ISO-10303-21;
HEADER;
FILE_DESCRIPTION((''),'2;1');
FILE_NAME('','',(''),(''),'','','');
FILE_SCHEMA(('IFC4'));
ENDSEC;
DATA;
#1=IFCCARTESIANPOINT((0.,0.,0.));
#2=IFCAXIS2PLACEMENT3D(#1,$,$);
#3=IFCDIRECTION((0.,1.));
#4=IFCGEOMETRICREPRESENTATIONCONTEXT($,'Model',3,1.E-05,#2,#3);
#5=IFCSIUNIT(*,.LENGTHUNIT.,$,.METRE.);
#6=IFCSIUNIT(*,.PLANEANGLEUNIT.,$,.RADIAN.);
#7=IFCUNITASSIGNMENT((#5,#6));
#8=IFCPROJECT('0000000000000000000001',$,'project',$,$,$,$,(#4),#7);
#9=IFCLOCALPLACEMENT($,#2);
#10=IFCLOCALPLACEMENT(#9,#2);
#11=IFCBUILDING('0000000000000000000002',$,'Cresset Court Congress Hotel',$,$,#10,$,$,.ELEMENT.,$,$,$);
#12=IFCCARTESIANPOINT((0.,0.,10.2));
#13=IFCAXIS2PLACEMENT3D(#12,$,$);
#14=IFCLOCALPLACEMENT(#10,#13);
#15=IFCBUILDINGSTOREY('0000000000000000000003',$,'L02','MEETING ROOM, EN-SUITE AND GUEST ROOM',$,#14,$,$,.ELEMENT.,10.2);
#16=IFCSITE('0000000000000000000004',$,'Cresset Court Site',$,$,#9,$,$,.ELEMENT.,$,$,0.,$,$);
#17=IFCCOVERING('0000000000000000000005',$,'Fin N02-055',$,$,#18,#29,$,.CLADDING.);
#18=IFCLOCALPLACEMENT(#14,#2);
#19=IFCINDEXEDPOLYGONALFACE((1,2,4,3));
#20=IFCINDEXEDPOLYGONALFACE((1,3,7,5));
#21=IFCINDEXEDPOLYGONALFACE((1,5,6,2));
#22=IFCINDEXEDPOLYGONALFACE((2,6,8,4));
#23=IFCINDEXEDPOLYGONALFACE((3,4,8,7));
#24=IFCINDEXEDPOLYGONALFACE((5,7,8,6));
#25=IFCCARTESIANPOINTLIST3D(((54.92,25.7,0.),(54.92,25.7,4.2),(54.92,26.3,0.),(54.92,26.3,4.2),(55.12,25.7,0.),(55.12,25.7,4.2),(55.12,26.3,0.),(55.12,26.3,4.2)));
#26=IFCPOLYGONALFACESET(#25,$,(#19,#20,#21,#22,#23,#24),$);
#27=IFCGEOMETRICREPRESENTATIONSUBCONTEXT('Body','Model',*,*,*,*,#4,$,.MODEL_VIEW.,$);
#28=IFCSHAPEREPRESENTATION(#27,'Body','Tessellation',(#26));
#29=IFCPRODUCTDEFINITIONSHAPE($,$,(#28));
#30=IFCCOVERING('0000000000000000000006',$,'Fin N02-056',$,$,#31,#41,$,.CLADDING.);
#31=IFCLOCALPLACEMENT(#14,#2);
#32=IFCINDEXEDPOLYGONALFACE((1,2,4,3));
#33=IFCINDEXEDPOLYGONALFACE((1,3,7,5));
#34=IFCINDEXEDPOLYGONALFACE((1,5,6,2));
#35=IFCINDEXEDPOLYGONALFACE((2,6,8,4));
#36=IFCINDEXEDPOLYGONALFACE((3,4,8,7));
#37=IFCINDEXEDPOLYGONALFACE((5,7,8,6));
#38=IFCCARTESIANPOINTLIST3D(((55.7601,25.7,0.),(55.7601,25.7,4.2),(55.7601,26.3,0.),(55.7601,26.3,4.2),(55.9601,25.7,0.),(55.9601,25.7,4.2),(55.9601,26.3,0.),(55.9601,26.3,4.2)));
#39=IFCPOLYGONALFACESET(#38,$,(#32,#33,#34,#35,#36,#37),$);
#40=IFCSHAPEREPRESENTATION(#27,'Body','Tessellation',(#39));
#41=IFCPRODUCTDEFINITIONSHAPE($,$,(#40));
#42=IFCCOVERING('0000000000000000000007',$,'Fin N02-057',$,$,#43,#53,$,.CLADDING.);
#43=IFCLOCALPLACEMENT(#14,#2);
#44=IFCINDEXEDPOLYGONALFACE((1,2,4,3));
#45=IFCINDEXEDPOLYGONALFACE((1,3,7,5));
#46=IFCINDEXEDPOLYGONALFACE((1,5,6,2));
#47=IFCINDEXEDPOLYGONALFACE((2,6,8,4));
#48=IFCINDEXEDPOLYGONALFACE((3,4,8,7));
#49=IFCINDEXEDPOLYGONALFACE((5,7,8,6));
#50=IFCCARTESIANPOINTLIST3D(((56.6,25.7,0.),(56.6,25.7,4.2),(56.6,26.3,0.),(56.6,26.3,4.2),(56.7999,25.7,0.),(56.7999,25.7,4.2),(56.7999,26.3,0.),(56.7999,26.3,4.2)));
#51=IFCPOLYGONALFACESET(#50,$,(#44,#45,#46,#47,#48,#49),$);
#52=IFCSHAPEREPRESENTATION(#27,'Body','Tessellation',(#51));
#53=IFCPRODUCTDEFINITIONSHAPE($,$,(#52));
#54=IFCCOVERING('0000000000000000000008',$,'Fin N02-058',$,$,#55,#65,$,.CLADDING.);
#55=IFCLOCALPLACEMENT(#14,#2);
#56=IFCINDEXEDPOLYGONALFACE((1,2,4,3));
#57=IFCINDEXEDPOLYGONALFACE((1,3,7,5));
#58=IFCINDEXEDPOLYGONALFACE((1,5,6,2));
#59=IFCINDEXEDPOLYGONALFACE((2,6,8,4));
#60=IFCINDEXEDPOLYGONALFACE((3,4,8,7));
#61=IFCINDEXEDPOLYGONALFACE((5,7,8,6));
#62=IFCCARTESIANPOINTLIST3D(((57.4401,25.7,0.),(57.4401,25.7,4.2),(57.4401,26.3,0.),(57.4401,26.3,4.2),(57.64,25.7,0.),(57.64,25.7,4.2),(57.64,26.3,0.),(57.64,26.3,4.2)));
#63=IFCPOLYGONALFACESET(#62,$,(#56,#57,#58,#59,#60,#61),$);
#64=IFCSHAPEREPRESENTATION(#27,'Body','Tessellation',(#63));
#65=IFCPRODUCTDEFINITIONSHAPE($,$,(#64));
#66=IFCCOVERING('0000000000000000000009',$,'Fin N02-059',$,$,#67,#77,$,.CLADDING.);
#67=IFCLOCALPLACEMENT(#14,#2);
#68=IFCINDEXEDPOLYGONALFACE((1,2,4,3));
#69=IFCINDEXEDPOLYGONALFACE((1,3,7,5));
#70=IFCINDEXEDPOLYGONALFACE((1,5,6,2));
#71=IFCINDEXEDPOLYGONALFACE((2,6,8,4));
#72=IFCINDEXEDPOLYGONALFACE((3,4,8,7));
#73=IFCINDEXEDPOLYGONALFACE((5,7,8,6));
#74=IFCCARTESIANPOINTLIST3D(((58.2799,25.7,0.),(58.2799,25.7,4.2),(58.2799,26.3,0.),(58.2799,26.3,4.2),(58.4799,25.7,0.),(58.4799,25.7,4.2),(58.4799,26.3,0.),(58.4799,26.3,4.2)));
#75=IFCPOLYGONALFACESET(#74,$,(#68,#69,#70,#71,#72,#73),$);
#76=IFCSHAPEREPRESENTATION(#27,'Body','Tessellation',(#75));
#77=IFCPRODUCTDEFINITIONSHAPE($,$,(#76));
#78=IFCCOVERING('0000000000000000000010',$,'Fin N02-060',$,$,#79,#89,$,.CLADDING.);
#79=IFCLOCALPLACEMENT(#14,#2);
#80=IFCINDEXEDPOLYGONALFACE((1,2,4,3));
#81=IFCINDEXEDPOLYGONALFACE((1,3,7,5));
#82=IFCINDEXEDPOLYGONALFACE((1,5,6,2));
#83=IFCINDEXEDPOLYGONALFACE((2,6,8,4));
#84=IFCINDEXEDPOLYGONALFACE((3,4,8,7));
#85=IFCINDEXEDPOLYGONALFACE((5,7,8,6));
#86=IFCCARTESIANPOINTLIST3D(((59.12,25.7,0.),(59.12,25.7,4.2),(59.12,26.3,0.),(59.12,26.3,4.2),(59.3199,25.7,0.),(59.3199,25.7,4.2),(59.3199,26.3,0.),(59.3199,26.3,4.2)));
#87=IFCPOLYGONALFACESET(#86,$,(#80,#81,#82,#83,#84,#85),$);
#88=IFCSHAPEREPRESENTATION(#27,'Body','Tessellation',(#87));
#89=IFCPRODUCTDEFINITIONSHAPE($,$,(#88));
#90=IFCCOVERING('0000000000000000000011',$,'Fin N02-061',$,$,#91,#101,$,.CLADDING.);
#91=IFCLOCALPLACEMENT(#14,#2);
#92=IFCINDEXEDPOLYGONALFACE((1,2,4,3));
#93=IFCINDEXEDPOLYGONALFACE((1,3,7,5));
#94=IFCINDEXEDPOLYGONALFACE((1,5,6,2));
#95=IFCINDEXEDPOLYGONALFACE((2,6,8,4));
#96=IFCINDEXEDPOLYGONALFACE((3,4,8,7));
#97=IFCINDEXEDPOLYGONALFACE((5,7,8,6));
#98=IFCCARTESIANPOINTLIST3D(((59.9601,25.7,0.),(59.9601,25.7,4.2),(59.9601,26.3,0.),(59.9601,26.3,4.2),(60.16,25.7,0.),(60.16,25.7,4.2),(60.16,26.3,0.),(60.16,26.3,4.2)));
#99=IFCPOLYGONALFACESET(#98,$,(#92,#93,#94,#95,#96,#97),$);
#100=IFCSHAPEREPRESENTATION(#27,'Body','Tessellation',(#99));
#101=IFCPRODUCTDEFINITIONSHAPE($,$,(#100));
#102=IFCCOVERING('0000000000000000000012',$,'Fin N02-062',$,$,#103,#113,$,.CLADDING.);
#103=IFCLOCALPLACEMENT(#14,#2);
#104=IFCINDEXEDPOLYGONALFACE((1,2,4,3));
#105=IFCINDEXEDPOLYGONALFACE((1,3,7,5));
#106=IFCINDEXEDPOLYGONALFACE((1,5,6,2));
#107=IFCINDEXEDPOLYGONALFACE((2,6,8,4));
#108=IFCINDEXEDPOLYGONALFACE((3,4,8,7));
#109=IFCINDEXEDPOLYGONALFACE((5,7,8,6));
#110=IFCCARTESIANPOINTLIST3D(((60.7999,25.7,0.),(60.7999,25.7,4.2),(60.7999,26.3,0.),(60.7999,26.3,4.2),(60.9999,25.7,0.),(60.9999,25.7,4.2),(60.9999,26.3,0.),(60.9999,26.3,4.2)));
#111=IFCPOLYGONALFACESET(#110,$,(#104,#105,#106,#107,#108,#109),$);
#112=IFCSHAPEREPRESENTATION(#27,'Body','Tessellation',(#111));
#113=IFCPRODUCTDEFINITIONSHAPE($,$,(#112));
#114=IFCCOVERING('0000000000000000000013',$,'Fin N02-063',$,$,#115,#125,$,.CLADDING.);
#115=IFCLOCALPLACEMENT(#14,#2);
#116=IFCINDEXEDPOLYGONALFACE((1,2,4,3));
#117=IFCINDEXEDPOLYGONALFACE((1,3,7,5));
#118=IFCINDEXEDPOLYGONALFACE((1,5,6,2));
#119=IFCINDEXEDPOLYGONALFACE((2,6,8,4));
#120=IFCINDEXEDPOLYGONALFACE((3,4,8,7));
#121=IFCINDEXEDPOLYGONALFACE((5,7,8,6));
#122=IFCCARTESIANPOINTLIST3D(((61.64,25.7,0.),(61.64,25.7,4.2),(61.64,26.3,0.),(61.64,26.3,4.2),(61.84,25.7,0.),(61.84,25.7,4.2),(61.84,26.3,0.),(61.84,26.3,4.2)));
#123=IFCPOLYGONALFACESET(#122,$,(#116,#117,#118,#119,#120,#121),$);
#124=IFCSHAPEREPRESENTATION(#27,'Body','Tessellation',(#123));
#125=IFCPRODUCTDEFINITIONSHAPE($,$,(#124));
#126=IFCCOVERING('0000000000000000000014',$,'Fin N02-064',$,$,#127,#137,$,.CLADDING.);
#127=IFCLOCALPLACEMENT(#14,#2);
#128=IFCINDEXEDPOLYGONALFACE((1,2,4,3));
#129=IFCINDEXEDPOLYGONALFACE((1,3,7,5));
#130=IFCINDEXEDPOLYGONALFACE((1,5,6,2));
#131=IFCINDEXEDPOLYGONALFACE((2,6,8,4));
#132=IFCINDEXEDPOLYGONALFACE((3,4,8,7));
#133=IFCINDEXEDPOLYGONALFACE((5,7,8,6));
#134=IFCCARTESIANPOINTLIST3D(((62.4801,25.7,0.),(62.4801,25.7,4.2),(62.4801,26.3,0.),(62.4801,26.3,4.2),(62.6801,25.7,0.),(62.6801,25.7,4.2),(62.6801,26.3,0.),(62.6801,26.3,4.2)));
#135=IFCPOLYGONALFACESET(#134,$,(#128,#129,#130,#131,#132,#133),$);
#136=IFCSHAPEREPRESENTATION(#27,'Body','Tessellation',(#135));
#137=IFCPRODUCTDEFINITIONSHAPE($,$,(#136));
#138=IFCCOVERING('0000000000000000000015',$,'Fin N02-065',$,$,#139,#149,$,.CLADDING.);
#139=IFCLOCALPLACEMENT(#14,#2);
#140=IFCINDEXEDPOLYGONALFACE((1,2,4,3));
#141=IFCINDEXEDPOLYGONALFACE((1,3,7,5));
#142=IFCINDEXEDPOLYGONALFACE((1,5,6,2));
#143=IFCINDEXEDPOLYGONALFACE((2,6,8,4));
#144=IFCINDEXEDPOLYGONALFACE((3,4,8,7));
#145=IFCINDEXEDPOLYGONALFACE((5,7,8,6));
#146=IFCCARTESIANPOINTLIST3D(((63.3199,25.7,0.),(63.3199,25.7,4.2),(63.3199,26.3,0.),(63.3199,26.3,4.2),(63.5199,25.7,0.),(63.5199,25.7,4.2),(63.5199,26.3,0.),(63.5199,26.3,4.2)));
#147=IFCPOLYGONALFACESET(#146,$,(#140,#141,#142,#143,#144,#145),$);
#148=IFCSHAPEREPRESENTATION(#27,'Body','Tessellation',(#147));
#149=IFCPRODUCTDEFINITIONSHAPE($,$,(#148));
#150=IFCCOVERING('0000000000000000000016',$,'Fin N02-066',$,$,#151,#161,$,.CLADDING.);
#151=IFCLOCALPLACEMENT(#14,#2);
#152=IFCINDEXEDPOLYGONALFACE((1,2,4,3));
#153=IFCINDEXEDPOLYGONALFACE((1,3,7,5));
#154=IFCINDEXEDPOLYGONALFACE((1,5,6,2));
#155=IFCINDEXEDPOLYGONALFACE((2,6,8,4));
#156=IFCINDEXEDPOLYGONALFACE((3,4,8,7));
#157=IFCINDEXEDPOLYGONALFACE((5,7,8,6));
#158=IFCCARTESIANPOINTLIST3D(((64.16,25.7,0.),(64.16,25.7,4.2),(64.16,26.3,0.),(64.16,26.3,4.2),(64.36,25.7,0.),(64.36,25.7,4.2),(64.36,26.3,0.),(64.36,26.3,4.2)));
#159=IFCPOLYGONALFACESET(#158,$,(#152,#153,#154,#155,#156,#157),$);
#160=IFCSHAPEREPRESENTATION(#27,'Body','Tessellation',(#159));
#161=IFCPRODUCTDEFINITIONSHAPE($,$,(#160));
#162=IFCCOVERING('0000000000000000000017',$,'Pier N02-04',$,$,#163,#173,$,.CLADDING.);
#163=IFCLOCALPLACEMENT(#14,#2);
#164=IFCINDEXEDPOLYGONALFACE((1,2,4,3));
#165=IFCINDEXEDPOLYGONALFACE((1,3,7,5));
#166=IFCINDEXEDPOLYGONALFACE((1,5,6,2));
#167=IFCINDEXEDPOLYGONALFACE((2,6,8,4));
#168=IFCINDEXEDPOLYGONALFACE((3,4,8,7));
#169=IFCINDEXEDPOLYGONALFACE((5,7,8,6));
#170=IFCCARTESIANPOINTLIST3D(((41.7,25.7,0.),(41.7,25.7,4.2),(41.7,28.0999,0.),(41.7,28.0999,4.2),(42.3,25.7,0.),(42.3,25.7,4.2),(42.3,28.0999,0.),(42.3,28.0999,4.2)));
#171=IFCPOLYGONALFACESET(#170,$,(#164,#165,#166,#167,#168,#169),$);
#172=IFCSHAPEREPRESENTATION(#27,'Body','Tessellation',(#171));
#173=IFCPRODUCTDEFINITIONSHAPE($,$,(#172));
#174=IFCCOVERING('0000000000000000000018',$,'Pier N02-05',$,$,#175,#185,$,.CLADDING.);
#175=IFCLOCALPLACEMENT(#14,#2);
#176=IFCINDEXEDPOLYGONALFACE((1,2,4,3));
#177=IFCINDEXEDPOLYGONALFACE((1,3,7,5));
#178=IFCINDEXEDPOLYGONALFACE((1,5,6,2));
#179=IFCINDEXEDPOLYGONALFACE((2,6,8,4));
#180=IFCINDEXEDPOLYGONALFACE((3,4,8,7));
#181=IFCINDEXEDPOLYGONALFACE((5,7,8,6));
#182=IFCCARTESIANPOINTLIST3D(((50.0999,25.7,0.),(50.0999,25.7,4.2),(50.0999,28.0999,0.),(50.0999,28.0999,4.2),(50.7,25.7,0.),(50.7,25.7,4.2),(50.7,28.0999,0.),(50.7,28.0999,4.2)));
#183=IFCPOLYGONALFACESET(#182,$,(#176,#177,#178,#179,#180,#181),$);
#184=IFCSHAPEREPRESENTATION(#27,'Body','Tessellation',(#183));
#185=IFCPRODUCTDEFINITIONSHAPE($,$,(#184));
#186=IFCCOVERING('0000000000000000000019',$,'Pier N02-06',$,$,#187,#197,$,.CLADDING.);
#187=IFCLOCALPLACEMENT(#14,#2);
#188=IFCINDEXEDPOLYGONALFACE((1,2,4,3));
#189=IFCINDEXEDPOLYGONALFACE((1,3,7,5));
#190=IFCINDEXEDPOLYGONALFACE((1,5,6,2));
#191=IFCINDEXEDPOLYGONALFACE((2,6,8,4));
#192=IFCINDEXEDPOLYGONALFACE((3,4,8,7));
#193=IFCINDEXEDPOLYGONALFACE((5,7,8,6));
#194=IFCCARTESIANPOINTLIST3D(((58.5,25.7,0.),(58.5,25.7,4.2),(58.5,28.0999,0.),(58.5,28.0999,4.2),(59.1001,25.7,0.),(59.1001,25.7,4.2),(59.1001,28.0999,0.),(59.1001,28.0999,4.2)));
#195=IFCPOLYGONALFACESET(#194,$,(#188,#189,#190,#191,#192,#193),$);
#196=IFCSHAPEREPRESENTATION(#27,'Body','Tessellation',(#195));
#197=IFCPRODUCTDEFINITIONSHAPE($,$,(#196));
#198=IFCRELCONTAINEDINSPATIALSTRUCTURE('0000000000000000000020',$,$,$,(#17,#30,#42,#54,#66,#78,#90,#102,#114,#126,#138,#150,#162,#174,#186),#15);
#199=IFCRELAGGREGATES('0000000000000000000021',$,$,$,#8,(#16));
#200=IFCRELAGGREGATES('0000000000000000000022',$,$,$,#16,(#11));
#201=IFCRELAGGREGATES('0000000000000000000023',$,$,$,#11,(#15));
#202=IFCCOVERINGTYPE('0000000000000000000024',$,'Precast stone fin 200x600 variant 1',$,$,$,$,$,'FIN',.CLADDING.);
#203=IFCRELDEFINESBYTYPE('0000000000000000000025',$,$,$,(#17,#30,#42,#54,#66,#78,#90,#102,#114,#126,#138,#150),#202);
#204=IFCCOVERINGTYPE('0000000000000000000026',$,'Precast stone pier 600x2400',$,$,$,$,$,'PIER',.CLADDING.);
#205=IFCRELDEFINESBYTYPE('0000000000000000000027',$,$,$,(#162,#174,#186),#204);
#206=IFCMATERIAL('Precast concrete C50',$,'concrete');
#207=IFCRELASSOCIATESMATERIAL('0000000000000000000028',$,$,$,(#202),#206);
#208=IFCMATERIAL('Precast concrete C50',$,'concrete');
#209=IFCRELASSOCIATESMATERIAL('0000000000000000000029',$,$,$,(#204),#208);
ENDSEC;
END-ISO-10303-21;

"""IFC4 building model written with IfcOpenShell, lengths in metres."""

from ifc_helpers import new_model, si_unit, direction, frame, origin, origin_2d, place, context, subcontext, project, spatial, rectangle, extrude, material, type_object, element, save


model = new_model("IFC4")

# Units and contexts
model_context = context("Model", 3, precision=1e-05, world=origin(), true_north=direction((0.0, 1.0)))
body_context = subcontext(model_context, "Body", "Model", "MODEL_VIEW")
ifc_project = project(units=[si_unit("LENGTHUNIT", "METRE"), si_unit("PLANEANGLEUNIT", "RADIAN")], contexts=[model_context])

# Site, building, storey
site_placement = place(None, origin())
site = spatial("IfcSite", under=ifc_project, at=site_placement, Name="Cresset Court Site", CompositionType="ELEMENT", RefElevation=0.0)
building_placement = place(site_placement, origin())
building = spatial("IfcBuilding", under=site, at=building_placement, Name="Cresset Court Congress Hotel", CompositionType="ELEMENT")
storey_placement = place(building_placement, frame((0.0, 0.0, 10.2)))
storey = spatial("IfcBuildingStorey", under=building, at=storey_placement, Name="L02", Description="MEETING ROOM, EN-SUITE AND GUEST ROOM", CompositionType="ELEMENT", Elevation=10.2)

# Coverings
ifc_material_1 = material(Name="Precast concrete C50", Category="concrete")
covering_type_1 = type_object("IfcCoveringType", Name="Precast stone fin 200x600 variant 1", ElementType="FIN", PredefinedType="CLADDING", material=ifc_material_1)
for number, where, z_axis, x_axis, name in (
    (1, (55.02, 26.0, 0.0), (0.0, 0.0, 1.0), (1.0, 0.0, 0.0), "Fin N02-055"),
    (2, (55.8601, 26.0, 0.0), (0.0, 0.0, 1.0), (1.0, 0.0, 0.0), "Fin N02-056"),
    (3, (56.7, 26.0, 0.0), (0.0, 0.0, 1.0), (1.0, 0.0, 0.0), "Fin N02-057"),
    (4, (57.54, 26.0, 0.0), (0.0, 0.0, 1.0), (1.0, 0.0, 0.0), "Fin N02-058"),
    (5, (58.3799, 26.0, 0.0), (0.0, 0.0, 1.0), (1.0, 0.0, 0.0), "Fin N02-059"),
    (6, (59.22, 26.0, 0.0), (0.0, 0.0, 1.0), (1.0, 0.0, 0.0), "Fin N02-060"),
    (7, (60.0601, 26.0, 0.0), (0.0, 0.0, 1.0), (1.0, 0.0, 0.0), "Fin N02-061"),
    (8, (60.8999, 26.0, 0.0), (0.0, 0.0, 1.0), (1.0, 0.0, 0.0), "Fin N02-062"),
    (9, (61.74, 26.0, 0.0), (0.0, 0.0, 1.0), (1.0, 0.0, 0.0), "Fin N02-063"),
    (10, (62.5801, 26.0, 0.0), (0.0, 0.0, 1.0), (1.0, 0.0, 0.0), "Fin N02-064"),
    (11, (63.4199, 26.0, 0.0), (0.0, 0.0, 1.0), (1.0, 0.0, 0.0), "Fin N02-065"),
    (12, (64.26, 26.0, 0.0), (0.0, 0.0, 1.0), (1.0, 0.0, 0.0), "Fin N02-066"),
):
    element("IfcCovering", number, at=place(storey_placement, frame(where, z_axis=z_axis, x_axis=x_axis)), inside=storey, type_object=covering_type_1, Name=name, PredefinedType="CLADDING", context=body_context, shape_type="SweptSolid", body=[
        extrude(rectangle(XDim=0.2, YDim=0.6001, at=origin_2d()), origin(), (0.0, 0.0, 1.0), 4.2),
    ])
ifc_material_2 = material(Name="Precast concrete C50", Category="concrete")
covering_type_2 = type_object("IfcCoveringType", Name="Precast stone pier 600x2400", ElementType="PIER", PredefinedType="CLADDING", material=ifc_material_2)
for number, where, z_axis, x_axis, name in (
    (13, (42.0, 26.8999, 0.0), (0.0, 0.0, 1.0), (1.0, 0.0, 0.0), "Pier N02-04"),
    (14, (50.3999, 26.8999, 0.0), (0.0, 0.0, 1.0), (1.0, 0.0, 0.0), "Pier N02-05"),
    (15, (58.8, 26.8999, 0.0), (0.0, 0.0, 1.0), (1.0, 0.0, 0.0), "Pier N02-06"),
):
    element("IfcCovering", number, at=place(storey_placement, frame(where, z_axis=z_axis, x_axis=x_axis)), inside=storey, type_object=covering_type_2, Name=name, PredefinedType="CLADDING", context=body_context, shape_type="SweptSolid", body=[
        extrude(rectangle(XDim=0.6001, YDim=2.3999, at=origin_2d()), origin(), (0.0, 0.0, 1.0), 4.2),
    ])

save(model, "model.ifc")
